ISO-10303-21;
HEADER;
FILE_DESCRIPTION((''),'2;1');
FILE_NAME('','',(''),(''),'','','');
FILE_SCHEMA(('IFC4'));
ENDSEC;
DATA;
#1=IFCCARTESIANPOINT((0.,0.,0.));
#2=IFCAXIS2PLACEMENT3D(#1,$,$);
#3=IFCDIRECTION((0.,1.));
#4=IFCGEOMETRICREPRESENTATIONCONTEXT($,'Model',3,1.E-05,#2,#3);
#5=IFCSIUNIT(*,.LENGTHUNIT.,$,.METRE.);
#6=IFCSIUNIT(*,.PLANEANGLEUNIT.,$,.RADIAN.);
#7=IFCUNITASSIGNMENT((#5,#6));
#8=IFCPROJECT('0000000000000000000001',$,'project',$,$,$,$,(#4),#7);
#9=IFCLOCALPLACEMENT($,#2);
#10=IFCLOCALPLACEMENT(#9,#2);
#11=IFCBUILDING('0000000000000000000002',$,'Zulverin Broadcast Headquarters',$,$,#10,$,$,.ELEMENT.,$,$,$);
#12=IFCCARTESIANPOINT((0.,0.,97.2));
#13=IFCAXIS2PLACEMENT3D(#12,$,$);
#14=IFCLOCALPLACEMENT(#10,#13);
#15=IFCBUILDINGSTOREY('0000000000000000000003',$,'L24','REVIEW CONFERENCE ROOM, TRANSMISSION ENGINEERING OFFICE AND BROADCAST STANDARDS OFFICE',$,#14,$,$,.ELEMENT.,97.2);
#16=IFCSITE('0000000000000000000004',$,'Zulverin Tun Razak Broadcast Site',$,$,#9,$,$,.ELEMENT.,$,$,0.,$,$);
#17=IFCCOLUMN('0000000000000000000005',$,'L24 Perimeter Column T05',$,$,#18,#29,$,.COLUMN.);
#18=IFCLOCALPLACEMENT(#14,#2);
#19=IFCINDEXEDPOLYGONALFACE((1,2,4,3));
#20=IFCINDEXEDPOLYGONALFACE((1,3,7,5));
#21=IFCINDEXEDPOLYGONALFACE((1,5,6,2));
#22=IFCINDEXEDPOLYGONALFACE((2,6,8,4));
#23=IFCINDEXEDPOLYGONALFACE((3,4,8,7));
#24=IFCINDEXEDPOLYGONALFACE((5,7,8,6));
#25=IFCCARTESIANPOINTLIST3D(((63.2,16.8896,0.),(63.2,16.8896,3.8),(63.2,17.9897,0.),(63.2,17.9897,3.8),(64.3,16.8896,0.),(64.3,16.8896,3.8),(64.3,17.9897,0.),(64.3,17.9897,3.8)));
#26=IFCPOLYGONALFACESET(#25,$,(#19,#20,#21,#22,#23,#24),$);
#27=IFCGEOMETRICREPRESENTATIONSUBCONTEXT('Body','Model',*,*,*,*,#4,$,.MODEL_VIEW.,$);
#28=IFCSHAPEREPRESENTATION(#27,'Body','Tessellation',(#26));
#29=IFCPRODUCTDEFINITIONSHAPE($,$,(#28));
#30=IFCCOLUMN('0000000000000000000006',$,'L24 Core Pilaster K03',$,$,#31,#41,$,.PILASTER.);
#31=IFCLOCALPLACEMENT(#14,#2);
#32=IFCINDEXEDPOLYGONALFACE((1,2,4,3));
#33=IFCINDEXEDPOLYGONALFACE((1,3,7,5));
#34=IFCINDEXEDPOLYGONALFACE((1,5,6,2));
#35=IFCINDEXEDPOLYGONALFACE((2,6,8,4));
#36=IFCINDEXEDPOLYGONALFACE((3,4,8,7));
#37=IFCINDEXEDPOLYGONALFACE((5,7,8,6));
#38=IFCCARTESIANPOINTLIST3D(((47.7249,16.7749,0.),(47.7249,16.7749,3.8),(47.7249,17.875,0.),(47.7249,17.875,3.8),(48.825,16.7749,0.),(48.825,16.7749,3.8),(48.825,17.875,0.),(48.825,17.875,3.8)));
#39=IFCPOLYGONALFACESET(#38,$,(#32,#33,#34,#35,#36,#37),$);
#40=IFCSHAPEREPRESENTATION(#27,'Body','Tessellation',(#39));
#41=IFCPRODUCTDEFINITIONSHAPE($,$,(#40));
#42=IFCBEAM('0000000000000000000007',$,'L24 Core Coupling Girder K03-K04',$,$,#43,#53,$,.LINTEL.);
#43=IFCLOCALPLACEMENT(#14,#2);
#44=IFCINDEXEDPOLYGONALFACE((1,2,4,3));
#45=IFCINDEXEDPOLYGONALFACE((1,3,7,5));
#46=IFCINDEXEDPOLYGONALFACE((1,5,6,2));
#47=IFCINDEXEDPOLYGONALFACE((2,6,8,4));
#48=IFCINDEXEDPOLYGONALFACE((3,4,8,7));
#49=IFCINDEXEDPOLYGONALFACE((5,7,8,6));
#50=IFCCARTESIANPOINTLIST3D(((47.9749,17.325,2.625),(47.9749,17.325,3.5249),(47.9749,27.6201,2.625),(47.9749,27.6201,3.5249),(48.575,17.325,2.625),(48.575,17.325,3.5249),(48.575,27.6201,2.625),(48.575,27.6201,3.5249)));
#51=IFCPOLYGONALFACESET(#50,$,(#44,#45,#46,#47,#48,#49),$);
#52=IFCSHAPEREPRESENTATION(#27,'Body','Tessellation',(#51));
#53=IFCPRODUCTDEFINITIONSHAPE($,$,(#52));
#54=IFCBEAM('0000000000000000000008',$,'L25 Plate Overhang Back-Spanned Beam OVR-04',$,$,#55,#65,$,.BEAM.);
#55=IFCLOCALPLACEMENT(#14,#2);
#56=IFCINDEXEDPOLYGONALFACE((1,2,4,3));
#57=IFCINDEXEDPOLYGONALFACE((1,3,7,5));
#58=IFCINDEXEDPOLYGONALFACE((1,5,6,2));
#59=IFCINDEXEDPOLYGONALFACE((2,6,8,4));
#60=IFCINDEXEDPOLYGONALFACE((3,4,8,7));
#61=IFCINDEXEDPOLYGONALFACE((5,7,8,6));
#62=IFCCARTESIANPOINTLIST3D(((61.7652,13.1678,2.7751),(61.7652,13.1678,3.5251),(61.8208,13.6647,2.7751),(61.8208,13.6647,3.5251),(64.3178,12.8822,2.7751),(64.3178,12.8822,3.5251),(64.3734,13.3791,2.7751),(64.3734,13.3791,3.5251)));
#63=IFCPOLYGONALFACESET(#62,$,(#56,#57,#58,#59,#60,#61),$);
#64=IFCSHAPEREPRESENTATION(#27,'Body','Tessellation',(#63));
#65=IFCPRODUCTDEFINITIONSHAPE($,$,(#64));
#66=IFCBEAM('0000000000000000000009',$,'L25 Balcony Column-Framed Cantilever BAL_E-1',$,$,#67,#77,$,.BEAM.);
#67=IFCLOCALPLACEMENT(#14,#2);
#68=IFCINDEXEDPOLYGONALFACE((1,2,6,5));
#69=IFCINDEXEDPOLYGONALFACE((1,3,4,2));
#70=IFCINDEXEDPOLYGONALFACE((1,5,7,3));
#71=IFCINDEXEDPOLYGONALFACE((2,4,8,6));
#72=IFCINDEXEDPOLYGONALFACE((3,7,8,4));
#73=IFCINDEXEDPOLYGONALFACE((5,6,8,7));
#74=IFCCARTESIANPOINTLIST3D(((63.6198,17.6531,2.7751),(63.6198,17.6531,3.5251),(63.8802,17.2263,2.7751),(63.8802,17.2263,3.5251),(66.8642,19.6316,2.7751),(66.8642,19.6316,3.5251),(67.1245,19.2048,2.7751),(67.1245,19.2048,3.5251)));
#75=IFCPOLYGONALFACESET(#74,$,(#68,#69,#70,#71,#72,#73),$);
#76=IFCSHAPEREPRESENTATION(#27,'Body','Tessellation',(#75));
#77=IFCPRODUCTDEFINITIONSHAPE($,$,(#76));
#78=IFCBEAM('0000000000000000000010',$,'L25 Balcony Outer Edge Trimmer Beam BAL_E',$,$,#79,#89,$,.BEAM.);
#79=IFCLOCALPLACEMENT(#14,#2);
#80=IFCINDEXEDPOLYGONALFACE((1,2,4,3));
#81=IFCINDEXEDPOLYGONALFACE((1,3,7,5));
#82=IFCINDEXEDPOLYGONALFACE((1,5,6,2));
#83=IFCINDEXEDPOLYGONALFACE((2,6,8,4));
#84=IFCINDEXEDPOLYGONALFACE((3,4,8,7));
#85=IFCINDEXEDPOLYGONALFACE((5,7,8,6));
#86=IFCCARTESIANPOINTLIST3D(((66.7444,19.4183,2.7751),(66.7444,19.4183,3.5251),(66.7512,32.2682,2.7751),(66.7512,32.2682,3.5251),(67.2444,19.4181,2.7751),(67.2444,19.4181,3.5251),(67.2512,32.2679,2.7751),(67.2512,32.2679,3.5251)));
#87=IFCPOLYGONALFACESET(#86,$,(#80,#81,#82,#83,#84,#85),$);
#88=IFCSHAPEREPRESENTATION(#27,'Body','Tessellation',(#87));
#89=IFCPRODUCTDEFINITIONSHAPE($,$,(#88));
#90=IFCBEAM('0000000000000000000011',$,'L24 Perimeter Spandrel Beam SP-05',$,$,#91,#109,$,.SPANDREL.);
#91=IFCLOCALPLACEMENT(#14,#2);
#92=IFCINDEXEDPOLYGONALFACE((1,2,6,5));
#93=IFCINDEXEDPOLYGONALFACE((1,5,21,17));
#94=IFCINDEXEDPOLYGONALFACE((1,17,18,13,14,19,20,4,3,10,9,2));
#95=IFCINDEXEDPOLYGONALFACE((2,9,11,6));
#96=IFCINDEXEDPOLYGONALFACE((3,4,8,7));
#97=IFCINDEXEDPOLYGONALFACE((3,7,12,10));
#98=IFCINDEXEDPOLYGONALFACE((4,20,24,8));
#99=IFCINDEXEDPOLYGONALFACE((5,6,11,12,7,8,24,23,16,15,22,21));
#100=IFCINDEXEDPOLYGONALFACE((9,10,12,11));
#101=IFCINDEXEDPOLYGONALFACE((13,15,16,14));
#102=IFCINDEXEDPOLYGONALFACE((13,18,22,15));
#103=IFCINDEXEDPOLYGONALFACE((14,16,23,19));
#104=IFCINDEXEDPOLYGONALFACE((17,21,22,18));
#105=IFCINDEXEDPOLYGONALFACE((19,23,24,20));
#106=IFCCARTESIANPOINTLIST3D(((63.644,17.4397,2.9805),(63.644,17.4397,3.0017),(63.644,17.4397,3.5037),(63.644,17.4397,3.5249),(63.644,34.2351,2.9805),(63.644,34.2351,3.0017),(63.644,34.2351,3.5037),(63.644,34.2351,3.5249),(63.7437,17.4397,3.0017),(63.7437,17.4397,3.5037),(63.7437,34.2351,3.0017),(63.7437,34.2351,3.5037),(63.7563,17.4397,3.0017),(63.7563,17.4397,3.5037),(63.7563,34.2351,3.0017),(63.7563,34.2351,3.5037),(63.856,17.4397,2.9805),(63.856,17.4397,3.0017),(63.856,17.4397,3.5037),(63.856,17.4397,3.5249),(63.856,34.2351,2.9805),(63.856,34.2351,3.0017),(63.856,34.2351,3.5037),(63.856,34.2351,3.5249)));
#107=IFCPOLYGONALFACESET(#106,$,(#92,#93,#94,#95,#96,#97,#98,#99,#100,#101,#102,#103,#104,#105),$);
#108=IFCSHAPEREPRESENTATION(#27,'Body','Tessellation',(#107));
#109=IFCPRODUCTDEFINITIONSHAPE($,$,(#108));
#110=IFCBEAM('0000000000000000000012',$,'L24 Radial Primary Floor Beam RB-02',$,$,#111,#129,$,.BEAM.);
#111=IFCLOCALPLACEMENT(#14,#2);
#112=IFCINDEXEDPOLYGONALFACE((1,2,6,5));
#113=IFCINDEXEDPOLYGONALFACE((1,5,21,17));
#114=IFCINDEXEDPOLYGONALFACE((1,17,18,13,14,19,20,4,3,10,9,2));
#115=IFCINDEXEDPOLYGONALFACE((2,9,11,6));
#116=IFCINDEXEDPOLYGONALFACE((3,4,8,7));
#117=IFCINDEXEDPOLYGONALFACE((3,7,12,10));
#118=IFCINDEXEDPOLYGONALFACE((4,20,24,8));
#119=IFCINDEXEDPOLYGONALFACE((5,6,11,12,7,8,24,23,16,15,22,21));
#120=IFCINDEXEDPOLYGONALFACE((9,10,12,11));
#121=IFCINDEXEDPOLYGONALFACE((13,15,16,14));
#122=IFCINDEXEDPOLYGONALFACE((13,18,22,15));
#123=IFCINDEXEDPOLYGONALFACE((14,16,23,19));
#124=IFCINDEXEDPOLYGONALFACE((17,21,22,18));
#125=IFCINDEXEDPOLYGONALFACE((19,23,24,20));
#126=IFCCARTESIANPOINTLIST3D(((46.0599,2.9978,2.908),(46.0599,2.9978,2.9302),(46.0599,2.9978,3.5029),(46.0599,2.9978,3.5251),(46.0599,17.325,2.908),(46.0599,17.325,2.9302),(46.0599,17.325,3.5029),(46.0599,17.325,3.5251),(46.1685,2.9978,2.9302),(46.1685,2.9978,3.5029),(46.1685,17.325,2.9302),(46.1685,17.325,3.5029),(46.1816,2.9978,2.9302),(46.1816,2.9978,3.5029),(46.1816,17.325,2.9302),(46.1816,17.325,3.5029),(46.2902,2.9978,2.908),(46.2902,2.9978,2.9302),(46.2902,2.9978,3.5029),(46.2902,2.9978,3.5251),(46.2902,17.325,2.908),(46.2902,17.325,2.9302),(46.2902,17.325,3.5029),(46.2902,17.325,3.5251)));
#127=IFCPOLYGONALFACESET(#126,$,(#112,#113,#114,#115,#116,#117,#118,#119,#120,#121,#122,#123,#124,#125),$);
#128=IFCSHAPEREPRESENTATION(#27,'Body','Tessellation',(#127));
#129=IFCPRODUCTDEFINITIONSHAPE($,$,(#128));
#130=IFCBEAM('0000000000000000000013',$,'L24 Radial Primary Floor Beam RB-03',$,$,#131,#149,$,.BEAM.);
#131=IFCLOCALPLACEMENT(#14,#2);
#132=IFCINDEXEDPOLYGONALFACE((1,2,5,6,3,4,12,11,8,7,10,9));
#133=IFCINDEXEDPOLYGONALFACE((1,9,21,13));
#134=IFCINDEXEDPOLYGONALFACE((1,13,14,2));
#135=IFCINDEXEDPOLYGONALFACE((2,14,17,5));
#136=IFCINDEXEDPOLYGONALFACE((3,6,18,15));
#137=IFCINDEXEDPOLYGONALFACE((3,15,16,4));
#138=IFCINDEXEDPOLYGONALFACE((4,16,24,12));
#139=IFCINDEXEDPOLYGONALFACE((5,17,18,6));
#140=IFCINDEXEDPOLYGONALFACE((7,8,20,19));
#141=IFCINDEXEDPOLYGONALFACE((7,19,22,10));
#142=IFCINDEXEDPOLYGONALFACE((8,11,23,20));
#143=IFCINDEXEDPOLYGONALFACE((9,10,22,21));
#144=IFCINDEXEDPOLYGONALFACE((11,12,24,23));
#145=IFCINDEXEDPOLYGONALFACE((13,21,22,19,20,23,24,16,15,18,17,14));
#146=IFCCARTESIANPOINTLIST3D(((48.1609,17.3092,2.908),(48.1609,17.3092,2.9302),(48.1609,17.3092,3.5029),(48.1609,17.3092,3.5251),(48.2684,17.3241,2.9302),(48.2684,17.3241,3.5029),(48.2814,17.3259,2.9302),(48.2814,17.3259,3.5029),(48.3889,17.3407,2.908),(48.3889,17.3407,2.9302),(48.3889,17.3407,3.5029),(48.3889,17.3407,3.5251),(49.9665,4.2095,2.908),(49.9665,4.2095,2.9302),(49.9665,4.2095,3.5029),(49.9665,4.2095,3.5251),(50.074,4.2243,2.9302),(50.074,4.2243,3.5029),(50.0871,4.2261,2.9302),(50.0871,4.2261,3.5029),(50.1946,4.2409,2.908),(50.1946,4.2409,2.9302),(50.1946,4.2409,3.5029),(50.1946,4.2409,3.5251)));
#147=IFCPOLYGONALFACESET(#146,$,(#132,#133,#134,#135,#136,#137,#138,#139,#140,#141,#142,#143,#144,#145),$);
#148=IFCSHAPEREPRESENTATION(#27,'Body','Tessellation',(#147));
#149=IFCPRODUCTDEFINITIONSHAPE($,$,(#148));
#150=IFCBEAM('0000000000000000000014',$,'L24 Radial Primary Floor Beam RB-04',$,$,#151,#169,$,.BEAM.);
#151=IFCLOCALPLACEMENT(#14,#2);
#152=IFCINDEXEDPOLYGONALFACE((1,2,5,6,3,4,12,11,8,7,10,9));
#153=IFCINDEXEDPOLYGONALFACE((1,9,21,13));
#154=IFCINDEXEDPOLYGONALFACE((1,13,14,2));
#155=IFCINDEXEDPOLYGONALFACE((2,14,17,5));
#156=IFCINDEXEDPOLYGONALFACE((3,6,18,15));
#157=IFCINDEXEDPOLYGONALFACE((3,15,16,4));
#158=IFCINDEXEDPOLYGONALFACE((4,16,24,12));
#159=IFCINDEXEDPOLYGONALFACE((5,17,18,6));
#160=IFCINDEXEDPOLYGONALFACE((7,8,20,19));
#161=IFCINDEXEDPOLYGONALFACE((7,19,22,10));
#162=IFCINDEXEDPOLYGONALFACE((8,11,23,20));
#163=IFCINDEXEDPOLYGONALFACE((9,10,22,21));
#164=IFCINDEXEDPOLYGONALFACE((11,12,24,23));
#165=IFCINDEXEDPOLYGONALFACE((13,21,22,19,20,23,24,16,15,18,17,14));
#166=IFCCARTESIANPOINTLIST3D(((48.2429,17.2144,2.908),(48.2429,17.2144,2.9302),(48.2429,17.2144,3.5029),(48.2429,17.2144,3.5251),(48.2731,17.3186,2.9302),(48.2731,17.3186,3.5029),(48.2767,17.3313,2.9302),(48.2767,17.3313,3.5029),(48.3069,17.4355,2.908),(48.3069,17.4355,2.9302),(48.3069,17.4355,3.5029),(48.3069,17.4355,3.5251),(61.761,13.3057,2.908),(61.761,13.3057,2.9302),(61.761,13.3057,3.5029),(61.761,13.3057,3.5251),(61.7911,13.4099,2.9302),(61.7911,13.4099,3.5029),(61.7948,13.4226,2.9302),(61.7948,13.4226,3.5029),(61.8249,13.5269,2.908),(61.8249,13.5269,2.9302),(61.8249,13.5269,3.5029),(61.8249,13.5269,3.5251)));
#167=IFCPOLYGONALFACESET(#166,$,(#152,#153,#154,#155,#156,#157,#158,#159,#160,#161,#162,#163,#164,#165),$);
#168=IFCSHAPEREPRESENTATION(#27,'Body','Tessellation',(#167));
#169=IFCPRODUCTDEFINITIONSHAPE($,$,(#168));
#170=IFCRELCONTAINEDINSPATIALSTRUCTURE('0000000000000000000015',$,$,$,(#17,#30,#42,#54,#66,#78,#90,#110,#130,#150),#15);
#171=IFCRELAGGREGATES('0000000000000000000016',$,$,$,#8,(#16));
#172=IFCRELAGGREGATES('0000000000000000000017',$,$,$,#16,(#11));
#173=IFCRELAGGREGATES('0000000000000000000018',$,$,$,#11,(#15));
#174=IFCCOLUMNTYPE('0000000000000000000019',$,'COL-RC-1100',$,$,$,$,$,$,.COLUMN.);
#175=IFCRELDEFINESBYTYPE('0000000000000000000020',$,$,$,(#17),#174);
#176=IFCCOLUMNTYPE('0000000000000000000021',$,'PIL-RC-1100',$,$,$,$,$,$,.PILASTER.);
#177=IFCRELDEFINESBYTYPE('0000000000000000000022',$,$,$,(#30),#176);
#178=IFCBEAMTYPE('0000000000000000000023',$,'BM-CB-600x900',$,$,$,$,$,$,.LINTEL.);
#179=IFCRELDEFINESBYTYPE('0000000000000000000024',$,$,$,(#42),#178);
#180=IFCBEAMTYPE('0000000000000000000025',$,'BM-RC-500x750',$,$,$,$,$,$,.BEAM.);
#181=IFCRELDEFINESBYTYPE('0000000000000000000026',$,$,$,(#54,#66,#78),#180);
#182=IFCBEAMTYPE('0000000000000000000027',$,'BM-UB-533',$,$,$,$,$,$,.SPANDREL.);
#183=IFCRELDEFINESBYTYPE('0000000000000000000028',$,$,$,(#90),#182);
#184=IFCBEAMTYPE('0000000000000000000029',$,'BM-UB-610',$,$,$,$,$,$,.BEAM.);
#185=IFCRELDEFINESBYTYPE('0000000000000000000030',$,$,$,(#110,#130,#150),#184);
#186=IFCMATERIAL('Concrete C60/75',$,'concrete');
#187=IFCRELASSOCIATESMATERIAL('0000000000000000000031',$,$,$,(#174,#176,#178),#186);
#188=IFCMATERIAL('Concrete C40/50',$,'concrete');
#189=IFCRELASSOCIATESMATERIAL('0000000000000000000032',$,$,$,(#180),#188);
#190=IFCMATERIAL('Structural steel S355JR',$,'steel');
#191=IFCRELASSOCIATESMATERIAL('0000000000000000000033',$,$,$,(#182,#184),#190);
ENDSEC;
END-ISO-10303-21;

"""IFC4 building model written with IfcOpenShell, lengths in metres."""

from ifc_helpers import new_model, si_unit, direction, frame, origin, origin_2d, place, context, subcontext, project, spatial, rectangle, i_section, extrude, material, material_profile, profile_set, type_object, element, save


model = new_model("IFC4")

# Units and contexts
model_context = context("Model", 3, precision=1e-05, world=origin(), true_north=direction((0.0, 1.0)))
body_context = subcontext(model_context, "Body", "Model", "MODEL_VIEW")
ifc_project = project(units=[si_unit("LENGTHUNIT", "METRE"), si_unit("PLANEANGLEUNIT", "RADIAN")], contexts=[model_context])

# Site, building, storey
site_placement = place(None, origin())
site = spatial("IfcSite", under=ifc_project, at=site_placement, Name="Zulverin Tun Razak Broadcast Site", CompositionType="ELEMENT", RefElevation=0.0)
building_placement = place(site_placement, origin())
building = spatial("IfcBuilding", under=site, at=building_placement, Name="Zulverin Broadcast Headquarters", CompositionType="ELEMENT")
storey_placement = place(building_placement, frame((0.0, 0.0, 97.2)))
storey = spatial("IfcBuildingStorey", under=building, at=storey_placement, Name="L24", Description="REVIEW CONFERENCE ROOM, TRANSMISSION ENGINEERING OFFICE AND BROADCAST STANDARDS OFFICE", CompositionType="ELEMENT", Elevation=97.2)

# Columns
ifc_material_1 = material(Name="Concrete C60/75", Category="concrete")
ifc_material_profile_1 = material_profile(ifc_material_1, rectangle(XDim=1.1001, YDim=1.1001, at=origin_2d()), Name="Concrete C60/75", Category="concrete")
ifc_profile_set_1 = profile_set([ifc_material_profile_1], Name="Concrete C60/75")
column_type_1 = type_object("IfcColumnType", Name="COL-RC-1100", PredefinedType="COLUMN", material=ifc_profile_set_1)
column_1_placement = place(storey_placement, frame((63.75, 17.4397, 0.0), z_axis=(0.0, 0.0, 1.0), x_axis=(1.0, 0.0, 0.0)))
element("IfcColumn", 1, at=column_1_placement, inside=storey, type_object=column_type_1, Name="L24 Perimeter Column T05", PredefinedType="COLUMN", context=body_context, shape_type="SweptSolid", body=[
    extrude(rectangle(XDim=1.1001, YDim=1.1001, at=origin_2d()), origin(), (0.0, 0.0, 1.0), 3.8),
])
ifc_material_profile_2 = material_profile(ifc_material_1, rectangle(XDim=1.1001, YDim=1.1001, at=origin_2d()), Name="Concrete C60/75", Category="concrete")
ifc_profile_set_2 = profile_set([ifc_material_profile_2], Name="Concrete C60/75")
column_type_2 = type_object("IfcColumnType", Name="PIL-RC-1100", PredefinedType="PILASTER", material=ifc_profile_set_2)
column_2_placement = place(storey_placement, frame((48.2749, 17.325, 0.0), z_axis=(0.0, 0.0, 1.0), x_axis=(1.0, 0.0, 0.0)))
element("IfcColumn", 2, at=column_2_placement, inside=storey, type_object=column_type_2, Name="L24 Core Pilaster K03", PredefinedType="PILASTER", context=body_context, shape_type="SweptSolid", body=[
    extrude(rectangle(XDim=1.1001, YDim=1.1001, at=origin_2d()), origin(), (0.0, 0.0, 1.0), 3.8),
])

# Beams
ifc_material_profile_3 = material_profile(ifc_material_1, rectangle(XDim=0.6001, YDim=0.8999, at=origin_2d()), Name="Concrete C60/75", Category="concrete")
ifc_profile_set_3 = profile_set([ifc_material_profile_3], Name="Concrete C60/75")
beam_type_1 = type_object("IfcBeamType", Name="BM-CB-600x900", PredefinedType="LINTEL", material=ifc_profile_set_3)
beam_1_placement = place(storey_placement, frame((48.2749, 17.325, 3.075), z_axis=(0.0, 1.0, 0.0), x_axis=(-1.0, 0.0, 0.0)))
element("IfcBeam", 3, at=beam_1_placement, inside=storey, type_object=beam_type_1, Name="L24 Core Coupling Girder K03-K04", PredefinedType="LINTEL", context=body_context, shape_type="SweptSolid", body=[
    extrude(rectangle(XDim=0.6001, YDim=0.8999, at=origin_2d()), origin(), (0.0, 0.0, 1.0), 10.2952),
])
ifc_material_2 = material(Name="Concrete C40/50", Category="concrete")
ifc_material_profile_4 = material_profile(ifc_material_2, rectangle(XDim=0.5, YDim=0.75, at=origin_2d()), Name="Concrete C40/50", Category="concrete")
ifc_profile_set_4 = profile_set([ifc_material_profile_4], Name="Concrete C40/50")
beam_type_2 = type_object("IfcBeamType", Name="BM-RC-500x750", PredefinedType="BEAM", material=ifc_profile_set_4)
beam_2_placement = place(storey_placement, frame((61.793, 13.4163, 3.1501), z_axis=(0.993798, -0.111203, 0.0), x_axis=(0.111203, 0.993798, 0.0)))
element("IfcBeam", 4, at=beam_2_placement, inside=storey, type_object=beam_type_2, Name="L25 Plate Overhang Back-Spanned Beam OVR-04", PredefinedType="BEAM", context=body_context, shape_type="SweptSolid", body=[
    extrude(rectangle(XDim=0.5, YDim=0.75, at=origin_2d()), origin(), (0.0, 0.0, 1.0), 2.5686),
])
beam_3_placement = place(storey_placement, frame((63.75, 17.4397, 3.1501), z_axis=(0.853769, 0.520652, 0.0), x_axis=(-0.520652, 0.853769, 0.0)))
element("IfcBeam", 5, at=beam_3_placement, inside=storey, type_object=beam_type_2, Name="L25 Balcony Column-Framed Cantilever BAL_E-1", PredefinedType="BEAM", context=body_context, shape_type="SweptSolid", body=[
    extrude(rectangle(XDim=0.5, YDim=0.75, at=origin_2d()), origin(), (0.0, 0.0, 1.0), 3.8),
])
beam_4_placement = place(storey_placement, frame((66.9944, 19.4182, 3.1501), z_axis=(0.000532, 1.0, 0.0), x_axis=(-1.0, 0.000532, 0.0)))
element("IfcBeam", 6, at=beam_4_placement, inside=storey, type_object=beam_type_2, Name="L25 Balcony Outer Edge Trimmer Beam BAL_E", PredefinedType="BEAM", context=body_context, shape_type="SweptSolid", body=[
    extrude(rectangle(XDim=0.5, YDim=0.75, at=origin_2d()), origin(), (0.0, 0.0, 1.0), 12.8499),
])
ifc_material_3 = material(Name="Structural steel S355JR", Category="steel")
ifc_material_profile_5 = material_profile(ifc_material_3, i_section(OverallWidth=0.2119, OverallDepth=0.5444, WebThickness=0.0127, FlangeThickness=0.0212, at=origin_2d()), Name="Structural steel S355JR", Category="steel")
ifc_profile_set_5 = profile_set([ifc_material_profile_5], Name="Structural steel S355JR")
beam_type_3 = type_object("IfcBeamType", Name="BM-UB-533", PredefinedType="SPANDREL", material=ifc_profile_set_5)
beam_5_placement = place(storey_placement, frame((63.75, 17.4397, 3.2527), z_axis=(0.0, 1.0, 0.0), x_axis=(-1.0, 0.0, 0.0)))
element("IfcBeam", 7, at=beam_5_placement, inside=storey, type_object=beam_type_3, Name="L24 Perimeter Spandrel Beam SP-05", PredefinedType="SPANDREL", context=body_context, shape_type="SweptSolid", body=[
    extrude(i_section(OverallWidth=0.2119, OverallDepth=0.5444, WebThickness=0.0127, FlangeThickness=0.0212, at=origin_2d()), origin(), (0.0, 0.0, 1.0), 16.7954),
])
ifc_material_profile_6 = material_profile(ifc_material_3, i_section(OverallWidth=0.2302, OverallDepth=0.6172, WebThickness=0.0132, FlangeThickness=0.0222, at=origin_2d()), Name="Structural steel S355JR", Category="steel")
ifc_profile_set_6 = profile_set([ifc_material_profile_6], Name="Structural steel S355JR")
beam_type_4 = type_object("IfcBeamType", Name="BM-UB-610", PredefinedType="BEAM", material=ifc_profile_set_6)
beam_6_placement = place(storey_placement, frame((46.175, 17.325, 3.2166), z_axis=(0.0, -1.0, 0.0), x_axis=(1.0, 0.0, 0.0)))
element("IfcBeam", 8, at=beam_6_placement, inside=storey, type_object=beam_type_4, Name="L24 Radial Primary Floor Beam RB-02", PredefinedType="BEAM", context=body_context, shape_type="SweptSolid", body=[
    extrude(i_section(OverallWidth=0.2302, OverallDepth=0.6172, WebThickness=0.0132, FlangeThickness=0.0222, at=origin_2d()), origin(), (0.0, 0.0, 1.0), 14.3271),
])
beam_7_placement = place(storey_placement, frame((48.2749, 17.325, 3.2166), z_axis=(0.136547, -0.990634, 0.0), x_axis=(0.990634, 0.136547, 0.0)))
element("IfcBeam", 9, at=beam_7_placement, inside=storey, type_object=beam_type_4, Name="L24 Radial Primary Floor Beam RB-03", PredefinedType="BEAM", context=body_context, shape_type="SweptSolid", body=[
    extrude(i_section(OverallWidth=0.2302, OverallDepth=0.6172, WebThickness=0.0132, FlangeThickness=0.0222, at=origin_2d()), origin(), (0.0, 0.0, 1.0), 13.2236),
])
beam_8_placement = place(storey_placement, frame((48.2749, 17.325, 3.2166), z_axis=(0.960648, -0.277767, 0.0), x_axis=(0.277767, 0.960648, 0.0)))
element("IfcBeam", 10, at=beam_8_placement, inside=storey, type_object=beam_type_4, Name="L24 Radial Primary Floor Beam RB-04", PredefinedType="BEAM", context=body_context, shape_type="SweptSolid", body=[
    extrude(i_section(OverallWidth=0.2302, OverallDepth=0.6172, WebThickness=0.0132, FlangeThickness=0.0222, at=origin_2d()), origin(), (0.0, 0.0, 1.0), 14.0718),
])

save(model, "model.ifc")
